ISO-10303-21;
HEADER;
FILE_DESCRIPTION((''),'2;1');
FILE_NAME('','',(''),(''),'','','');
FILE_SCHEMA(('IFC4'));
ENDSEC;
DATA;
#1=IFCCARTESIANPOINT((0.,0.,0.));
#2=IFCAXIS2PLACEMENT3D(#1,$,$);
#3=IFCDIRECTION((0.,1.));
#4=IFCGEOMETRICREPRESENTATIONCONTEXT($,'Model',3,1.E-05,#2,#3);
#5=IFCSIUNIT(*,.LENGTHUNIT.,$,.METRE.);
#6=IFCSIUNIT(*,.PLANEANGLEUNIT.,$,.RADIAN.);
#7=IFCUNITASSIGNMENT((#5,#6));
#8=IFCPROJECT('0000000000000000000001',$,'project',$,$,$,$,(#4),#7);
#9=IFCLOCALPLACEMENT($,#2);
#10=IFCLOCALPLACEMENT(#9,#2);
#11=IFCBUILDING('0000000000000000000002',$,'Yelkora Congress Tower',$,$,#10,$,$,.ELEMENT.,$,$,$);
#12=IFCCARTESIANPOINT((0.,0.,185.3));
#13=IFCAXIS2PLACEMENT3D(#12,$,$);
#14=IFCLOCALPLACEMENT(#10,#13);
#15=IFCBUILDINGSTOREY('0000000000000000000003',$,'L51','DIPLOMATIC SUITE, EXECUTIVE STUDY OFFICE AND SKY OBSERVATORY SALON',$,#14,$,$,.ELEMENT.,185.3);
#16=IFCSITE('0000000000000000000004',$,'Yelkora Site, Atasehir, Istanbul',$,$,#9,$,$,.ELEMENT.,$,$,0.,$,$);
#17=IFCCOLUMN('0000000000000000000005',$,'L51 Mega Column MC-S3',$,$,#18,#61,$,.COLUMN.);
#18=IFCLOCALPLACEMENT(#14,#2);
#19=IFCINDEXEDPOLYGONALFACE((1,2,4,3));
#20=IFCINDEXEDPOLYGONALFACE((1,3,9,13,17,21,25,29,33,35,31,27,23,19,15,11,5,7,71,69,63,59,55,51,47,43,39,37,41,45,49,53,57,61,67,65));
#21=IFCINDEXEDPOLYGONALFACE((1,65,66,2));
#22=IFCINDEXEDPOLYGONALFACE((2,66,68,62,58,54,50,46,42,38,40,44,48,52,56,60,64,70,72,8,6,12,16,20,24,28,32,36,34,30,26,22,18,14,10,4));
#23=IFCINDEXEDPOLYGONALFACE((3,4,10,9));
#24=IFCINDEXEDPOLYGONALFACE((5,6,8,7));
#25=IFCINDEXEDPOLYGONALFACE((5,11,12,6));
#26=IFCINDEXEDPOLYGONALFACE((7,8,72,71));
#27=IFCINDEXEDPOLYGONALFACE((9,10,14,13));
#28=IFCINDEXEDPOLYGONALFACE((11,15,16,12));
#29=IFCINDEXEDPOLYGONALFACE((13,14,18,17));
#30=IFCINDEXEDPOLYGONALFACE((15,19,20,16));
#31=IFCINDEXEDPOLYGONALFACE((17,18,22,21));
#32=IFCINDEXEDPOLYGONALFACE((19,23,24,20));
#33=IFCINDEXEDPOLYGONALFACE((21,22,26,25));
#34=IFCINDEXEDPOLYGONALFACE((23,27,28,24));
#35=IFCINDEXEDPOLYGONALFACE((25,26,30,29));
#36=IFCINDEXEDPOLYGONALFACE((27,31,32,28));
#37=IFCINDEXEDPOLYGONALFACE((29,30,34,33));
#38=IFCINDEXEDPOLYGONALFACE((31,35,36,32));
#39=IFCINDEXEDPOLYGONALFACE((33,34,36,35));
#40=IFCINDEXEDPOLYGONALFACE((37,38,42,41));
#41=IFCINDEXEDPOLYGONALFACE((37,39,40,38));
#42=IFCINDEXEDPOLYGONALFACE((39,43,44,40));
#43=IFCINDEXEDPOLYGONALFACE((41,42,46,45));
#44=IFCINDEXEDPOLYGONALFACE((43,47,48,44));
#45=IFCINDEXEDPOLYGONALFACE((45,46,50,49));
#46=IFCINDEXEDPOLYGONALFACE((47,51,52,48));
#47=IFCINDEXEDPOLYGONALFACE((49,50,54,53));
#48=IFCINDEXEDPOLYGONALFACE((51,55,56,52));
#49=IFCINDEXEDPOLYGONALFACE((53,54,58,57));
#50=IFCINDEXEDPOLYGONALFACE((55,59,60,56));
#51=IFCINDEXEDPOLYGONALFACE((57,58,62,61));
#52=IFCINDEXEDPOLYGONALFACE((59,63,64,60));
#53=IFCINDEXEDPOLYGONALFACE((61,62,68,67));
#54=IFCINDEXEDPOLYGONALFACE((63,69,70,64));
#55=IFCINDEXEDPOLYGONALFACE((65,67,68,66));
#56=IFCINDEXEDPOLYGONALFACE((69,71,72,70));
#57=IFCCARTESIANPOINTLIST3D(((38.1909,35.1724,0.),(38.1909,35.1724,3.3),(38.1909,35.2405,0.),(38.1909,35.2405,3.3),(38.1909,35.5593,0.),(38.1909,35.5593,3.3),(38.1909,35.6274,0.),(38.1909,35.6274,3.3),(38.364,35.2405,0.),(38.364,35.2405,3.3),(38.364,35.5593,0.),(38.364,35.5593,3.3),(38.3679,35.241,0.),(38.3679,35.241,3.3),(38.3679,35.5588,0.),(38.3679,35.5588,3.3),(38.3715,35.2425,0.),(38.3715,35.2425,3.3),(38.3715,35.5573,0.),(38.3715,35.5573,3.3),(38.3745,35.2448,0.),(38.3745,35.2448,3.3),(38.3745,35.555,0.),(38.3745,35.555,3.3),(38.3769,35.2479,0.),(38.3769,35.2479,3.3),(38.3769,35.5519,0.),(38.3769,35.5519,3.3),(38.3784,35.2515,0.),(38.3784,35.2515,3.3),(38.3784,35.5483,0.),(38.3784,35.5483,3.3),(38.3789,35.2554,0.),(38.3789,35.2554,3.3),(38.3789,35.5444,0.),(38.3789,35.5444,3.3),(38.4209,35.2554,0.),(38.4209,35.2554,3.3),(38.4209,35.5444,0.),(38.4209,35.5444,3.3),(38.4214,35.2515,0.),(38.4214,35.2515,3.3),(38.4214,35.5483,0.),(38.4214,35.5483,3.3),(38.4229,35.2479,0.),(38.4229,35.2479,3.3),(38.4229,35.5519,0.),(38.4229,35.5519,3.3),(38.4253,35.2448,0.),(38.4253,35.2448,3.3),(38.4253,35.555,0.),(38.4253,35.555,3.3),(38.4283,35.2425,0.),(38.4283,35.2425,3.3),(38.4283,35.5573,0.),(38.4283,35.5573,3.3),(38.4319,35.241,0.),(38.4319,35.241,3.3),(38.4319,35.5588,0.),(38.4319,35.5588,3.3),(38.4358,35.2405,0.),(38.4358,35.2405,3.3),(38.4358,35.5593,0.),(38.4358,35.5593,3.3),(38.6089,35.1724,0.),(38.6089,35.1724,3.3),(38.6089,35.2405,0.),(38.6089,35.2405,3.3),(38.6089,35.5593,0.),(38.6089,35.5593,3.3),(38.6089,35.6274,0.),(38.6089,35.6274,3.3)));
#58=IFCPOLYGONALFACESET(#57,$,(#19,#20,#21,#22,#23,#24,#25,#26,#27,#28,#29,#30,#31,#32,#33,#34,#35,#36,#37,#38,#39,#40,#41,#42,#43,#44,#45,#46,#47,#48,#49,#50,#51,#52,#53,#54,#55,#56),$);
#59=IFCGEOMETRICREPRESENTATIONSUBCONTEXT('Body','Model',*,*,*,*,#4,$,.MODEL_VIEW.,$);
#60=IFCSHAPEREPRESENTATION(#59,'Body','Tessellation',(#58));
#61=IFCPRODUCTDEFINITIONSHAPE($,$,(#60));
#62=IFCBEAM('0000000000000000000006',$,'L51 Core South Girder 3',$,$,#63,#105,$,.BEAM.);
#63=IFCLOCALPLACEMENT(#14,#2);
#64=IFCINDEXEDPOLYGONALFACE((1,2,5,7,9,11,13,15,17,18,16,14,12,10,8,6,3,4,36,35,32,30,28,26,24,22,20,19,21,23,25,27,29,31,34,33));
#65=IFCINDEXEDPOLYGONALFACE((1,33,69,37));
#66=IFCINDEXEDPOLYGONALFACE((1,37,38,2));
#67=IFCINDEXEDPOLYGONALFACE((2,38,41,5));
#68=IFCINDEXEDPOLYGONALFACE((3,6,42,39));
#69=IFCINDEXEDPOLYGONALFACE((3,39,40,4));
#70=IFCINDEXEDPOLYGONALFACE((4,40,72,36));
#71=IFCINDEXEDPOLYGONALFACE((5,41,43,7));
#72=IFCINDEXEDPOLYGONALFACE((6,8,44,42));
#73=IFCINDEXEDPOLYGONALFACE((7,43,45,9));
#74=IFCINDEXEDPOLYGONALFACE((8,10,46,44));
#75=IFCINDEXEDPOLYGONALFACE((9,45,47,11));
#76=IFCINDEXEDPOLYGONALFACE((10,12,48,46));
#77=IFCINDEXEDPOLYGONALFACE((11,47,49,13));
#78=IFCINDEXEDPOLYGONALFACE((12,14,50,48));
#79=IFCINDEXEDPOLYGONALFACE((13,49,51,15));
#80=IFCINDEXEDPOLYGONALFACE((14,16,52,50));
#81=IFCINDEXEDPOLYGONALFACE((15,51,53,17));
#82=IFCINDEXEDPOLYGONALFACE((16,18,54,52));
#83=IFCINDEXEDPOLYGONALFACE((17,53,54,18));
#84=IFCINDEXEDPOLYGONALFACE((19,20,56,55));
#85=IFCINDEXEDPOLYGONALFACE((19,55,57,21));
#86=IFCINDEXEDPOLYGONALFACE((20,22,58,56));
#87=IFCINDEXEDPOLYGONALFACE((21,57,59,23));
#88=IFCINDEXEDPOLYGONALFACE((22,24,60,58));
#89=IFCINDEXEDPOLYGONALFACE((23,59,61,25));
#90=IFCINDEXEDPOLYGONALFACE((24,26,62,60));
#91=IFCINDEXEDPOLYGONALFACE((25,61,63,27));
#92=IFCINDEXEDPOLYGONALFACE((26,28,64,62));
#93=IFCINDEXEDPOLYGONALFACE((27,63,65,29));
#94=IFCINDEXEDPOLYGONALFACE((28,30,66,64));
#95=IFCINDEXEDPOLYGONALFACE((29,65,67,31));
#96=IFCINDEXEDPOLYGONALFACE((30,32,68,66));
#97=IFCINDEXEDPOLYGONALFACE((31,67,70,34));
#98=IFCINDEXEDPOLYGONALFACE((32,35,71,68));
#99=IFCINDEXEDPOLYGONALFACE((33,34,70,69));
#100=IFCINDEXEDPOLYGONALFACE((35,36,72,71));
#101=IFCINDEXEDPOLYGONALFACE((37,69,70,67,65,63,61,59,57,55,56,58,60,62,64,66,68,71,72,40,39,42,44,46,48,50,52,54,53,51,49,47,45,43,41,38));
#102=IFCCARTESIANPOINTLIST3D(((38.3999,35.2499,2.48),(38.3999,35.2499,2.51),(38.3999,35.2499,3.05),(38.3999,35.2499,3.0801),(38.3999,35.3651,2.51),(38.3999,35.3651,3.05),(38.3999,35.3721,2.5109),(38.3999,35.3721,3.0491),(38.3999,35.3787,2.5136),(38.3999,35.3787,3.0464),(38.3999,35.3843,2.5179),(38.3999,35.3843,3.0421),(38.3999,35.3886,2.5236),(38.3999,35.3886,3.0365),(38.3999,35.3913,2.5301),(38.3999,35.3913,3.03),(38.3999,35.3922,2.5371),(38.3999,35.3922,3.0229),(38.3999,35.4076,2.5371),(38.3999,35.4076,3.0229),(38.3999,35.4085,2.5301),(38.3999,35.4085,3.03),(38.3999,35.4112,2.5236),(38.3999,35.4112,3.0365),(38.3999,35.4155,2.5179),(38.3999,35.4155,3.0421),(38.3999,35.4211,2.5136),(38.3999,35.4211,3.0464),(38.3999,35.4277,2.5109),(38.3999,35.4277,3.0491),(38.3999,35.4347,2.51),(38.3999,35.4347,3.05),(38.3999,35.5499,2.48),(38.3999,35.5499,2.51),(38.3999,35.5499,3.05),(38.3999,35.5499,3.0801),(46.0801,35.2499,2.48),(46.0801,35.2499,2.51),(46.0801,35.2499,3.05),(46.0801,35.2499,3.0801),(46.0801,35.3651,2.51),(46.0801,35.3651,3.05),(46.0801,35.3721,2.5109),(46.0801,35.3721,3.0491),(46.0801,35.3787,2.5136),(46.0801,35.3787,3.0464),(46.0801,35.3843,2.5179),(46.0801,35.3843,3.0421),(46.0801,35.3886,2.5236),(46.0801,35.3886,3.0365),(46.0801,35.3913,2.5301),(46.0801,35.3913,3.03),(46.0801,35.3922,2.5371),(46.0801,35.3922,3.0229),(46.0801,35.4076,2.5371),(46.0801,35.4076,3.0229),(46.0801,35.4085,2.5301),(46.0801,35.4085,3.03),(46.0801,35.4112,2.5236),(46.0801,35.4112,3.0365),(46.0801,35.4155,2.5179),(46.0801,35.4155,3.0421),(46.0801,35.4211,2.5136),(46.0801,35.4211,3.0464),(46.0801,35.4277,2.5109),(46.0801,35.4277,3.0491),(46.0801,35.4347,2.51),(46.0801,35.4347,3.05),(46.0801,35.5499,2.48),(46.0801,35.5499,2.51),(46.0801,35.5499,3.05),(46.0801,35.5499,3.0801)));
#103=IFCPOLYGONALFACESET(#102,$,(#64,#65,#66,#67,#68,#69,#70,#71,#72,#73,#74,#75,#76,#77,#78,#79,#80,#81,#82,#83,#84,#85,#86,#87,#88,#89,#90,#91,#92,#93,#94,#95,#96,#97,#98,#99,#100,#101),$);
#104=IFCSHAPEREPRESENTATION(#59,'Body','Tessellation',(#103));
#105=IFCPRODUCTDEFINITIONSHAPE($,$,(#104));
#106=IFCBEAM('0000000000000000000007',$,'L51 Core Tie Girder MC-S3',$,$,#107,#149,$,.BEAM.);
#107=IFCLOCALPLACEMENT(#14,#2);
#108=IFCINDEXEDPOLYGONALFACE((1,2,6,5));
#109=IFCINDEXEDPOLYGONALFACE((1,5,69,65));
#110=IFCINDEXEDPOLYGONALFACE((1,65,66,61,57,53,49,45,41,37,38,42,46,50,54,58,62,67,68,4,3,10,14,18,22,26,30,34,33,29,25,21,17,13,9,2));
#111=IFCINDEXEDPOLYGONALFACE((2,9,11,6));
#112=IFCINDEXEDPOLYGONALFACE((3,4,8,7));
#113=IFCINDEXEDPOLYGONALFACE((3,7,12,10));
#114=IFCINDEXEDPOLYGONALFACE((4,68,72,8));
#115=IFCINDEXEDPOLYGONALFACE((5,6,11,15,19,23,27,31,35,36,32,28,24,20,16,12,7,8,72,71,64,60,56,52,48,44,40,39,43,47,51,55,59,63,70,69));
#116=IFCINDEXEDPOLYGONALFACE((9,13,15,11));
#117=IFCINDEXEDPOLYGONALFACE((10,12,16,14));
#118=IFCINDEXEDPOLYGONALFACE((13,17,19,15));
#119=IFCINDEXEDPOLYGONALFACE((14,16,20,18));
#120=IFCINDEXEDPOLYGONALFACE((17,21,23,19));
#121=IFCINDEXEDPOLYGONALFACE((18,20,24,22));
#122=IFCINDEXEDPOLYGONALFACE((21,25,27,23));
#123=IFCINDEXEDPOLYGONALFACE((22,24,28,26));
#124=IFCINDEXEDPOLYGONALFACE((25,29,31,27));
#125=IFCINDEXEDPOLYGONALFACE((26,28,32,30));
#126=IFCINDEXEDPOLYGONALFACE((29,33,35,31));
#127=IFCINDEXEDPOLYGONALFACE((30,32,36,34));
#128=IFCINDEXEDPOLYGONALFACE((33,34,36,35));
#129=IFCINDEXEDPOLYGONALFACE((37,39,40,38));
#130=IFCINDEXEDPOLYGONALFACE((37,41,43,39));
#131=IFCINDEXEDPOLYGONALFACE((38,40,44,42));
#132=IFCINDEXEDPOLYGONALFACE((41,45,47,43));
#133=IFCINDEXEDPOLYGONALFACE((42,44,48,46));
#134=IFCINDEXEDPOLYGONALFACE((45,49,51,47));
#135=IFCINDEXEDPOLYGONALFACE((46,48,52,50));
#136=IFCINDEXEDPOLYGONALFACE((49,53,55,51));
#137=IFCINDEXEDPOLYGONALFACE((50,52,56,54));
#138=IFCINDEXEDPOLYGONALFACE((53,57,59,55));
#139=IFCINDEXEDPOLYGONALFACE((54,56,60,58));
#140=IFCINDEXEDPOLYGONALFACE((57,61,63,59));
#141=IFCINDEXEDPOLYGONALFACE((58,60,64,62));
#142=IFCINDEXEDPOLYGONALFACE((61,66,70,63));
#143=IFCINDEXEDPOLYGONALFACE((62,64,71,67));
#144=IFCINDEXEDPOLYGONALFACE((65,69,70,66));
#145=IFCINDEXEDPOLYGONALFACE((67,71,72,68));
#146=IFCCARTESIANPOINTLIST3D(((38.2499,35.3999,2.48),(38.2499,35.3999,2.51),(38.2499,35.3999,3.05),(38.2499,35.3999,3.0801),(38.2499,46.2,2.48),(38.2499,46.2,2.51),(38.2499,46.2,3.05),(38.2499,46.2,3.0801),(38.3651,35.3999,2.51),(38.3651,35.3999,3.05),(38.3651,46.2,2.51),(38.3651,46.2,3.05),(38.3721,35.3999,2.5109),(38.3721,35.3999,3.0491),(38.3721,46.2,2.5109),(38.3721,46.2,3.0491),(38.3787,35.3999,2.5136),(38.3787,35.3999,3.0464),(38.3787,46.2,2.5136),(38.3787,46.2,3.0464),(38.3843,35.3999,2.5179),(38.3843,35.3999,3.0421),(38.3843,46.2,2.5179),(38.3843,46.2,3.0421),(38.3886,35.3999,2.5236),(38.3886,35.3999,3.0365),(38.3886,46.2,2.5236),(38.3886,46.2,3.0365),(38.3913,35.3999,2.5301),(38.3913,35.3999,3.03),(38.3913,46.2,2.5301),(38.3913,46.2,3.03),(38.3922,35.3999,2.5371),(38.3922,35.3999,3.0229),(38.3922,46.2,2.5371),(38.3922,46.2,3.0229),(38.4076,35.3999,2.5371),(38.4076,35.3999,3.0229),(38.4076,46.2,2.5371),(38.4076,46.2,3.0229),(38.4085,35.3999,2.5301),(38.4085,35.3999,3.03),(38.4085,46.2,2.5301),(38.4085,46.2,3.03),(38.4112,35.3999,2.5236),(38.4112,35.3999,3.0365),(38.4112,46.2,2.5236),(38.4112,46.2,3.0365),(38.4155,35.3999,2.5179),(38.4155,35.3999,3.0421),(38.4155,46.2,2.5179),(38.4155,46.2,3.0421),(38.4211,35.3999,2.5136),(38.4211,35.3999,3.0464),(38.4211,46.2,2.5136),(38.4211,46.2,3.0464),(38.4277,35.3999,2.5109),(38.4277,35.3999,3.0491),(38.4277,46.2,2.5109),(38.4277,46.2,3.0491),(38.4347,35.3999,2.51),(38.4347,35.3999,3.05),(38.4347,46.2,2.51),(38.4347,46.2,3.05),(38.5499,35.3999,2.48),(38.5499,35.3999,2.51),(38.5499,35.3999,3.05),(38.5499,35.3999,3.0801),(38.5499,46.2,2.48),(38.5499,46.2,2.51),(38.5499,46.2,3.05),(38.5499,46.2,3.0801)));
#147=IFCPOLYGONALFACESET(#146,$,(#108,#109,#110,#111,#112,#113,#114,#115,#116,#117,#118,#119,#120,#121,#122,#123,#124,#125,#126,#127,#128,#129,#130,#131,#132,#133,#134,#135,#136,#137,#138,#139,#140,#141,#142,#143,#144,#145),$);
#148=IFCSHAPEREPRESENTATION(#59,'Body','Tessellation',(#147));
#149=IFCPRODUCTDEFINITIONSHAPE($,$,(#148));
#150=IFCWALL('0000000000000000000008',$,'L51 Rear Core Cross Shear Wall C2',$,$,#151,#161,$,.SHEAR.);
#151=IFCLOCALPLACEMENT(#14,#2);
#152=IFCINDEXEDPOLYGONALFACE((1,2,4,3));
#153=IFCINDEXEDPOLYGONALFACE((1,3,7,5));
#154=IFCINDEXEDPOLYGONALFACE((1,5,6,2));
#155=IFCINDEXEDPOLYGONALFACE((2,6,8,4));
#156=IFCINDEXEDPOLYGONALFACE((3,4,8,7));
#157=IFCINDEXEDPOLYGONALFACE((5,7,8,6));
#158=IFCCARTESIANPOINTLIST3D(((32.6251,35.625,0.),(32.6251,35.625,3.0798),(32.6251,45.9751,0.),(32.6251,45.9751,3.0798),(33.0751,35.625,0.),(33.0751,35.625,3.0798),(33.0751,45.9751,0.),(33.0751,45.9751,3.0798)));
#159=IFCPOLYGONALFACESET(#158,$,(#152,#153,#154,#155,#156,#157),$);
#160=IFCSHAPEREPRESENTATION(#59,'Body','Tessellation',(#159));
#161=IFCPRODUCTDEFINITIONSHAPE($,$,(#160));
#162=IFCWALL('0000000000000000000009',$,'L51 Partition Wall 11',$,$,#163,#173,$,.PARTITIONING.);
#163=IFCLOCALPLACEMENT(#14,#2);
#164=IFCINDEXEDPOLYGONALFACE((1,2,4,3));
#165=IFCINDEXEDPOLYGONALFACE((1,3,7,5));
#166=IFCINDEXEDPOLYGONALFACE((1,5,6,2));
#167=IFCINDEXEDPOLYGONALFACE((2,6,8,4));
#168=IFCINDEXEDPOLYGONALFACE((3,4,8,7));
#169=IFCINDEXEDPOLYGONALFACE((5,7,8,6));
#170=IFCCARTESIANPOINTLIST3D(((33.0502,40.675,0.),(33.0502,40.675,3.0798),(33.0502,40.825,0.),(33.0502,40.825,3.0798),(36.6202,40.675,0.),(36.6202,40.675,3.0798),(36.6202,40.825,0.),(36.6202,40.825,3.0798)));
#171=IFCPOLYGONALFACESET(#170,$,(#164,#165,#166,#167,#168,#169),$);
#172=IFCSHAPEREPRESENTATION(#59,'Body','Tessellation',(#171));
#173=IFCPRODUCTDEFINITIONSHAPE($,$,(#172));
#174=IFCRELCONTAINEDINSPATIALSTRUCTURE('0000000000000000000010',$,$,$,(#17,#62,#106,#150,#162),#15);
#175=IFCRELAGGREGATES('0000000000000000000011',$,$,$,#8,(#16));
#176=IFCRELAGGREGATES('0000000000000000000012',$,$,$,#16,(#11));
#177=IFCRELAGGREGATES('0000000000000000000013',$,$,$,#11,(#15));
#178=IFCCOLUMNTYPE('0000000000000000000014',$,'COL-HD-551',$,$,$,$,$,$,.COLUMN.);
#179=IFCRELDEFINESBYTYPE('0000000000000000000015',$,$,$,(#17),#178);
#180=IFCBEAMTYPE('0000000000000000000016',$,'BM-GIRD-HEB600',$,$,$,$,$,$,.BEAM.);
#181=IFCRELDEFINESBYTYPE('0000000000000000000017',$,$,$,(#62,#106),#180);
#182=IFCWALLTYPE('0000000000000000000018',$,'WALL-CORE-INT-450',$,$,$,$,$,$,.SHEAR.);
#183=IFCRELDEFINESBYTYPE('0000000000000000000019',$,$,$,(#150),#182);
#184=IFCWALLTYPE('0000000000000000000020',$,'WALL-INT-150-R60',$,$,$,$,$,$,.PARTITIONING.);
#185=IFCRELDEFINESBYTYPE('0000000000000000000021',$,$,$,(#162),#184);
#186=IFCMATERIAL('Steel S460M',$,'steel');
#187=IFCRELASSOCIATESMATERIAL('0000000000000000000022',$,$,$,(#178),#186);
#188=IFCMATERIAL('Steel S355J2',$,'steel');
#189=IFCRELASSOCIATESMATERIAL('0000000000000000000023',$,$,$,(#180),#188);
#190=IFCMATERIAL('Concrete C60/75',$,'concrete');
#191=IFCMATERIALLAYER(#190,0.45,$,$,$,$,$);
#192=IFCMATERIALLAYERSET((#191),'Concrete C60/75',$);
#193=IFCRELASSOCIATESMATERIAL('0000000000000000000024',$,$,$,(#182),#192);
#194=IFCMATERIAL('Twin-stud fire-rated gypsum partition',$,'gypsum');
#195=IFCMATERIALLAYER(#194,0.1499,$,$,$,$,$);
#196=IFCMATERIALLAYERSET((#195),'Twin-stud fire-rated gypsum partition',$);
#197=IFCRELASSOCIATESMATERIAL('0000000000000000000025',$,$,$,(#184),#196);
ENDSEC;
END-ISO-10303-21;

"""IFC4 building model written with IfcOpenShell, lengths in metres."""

from ifc_helpers import new_model, si_unit, direction, frame, frame_2d, origin, origin_2d, place, context, subcontext, project, spatial, rectangle, i_section, extrude, material, layer, layer_set, material_profile, profile_set, type_object, element, save


model = new_model("IFC4")

# Units and contexts
model_context = context("Model", 3, precision=1e-05, world=origin(), true_north=direction((0.0, 1.0)))
body_context = subcontext(model_context, "Body", "Model", "MODEL_VIEW")
ifc_project = project(units=[si_unit("LENGTHUNIT", "METRE"), si_unit("PLANEANGLEUNIT", "RADIAN")], contexts=[model_context])

# Site, building, storey
site_placement = place(None, origin())
site = spatial("IfcSite", under=ifc_project, at=site_placement, Name="Yelkora Site, Atasehir, Istanbul", CompositionType="ELEMENT", RefElevation=0.0)
building_placement = place(site_placement, origin())
building = spatial("IfcBuilding", under=site, at=building_placement, Name="Yelkora Congress Tower", CompositionType="ELEMENT")
storey_placement = place(building_placement, frame((0.0, 0.0, 185.3)))
storey = spatial("IfcBuildingStorey", under=building, at=storey_placement, Name="L51", Description="DIPLOMATIC SUITE, EXECUTIVE STUDY OFFICE AND SKY OBSERVATORY SALON", CompositionType="ELEMENT", Elevation=185.3)

# Column
ifc_material_1 = material(Name="Steel S460M", Category="steel")
ifc_material_profile_1 = material_profile(ifc_material_1, i_section(OverallWidth=0.418, OverallDepth=0.4551, WebThickness=0.042, FlangeThickness=0.0681, FilletRadius=0.0149, at=origin_2d()), Name="HD 400x551")
ifc_profile_set_1 = profile_set([ifc_material_profile_1], Name="Steel S460M")
column_type = type_object("IfcColumnType", Name="COL-HD-551", PredefinedType="COLUMN", material=ifc_profile_set_1)
column_placement = place(storey_placement, frame((38.3999, 35.3999, 0.0), z_axis=(0.0, 0.0, 1.0), x_axis=(1.0, 0.0, 0.0)))
element("IfcColumn", 1, at=column_placement, inside=storey, type_object=column_type, Name="L51 Mega Column MC-S3", PredefinedType="COLUMN", context=body_context, shape_type="SweptSolid", body=[
    extrude(i_section(OverallWidth=0.418, OverallDepth=0.4551, WebThickness=0.042, FlangeThickness=0.0681, FilletRadius=0.0149, at=origin_2d()), origin(), (0.0, 0.0, 1.0), 3.3),
])

# Beams
ifc_material_2 = material(Name="Steel S355J2", Category="steel")
ifc_material_profile_2 = material_profile(ifc_material_2, i_section(OverallWidth=0.3, OverallDepth=0.6001, WebThickness=0.0154, FlangeThickness=0.03, FilletRadius=0.0271, at=origin_2d()), Name="HEB 600")
ifc_profile_set_2 = profile_set([ifc_material_profile_2], Name="Steel S355J2")
beam_type = type_object("IfcBeamType", Name="BM-GIRD-HEB600", PredefinedType="BEAM", material=ifc_profile_set_2)
beam_1_placement = place(storey_placement, frame((38.3999, 35.3999, 2.78), z_axis=(1.0, 0.0, 0.0), x_axis=(0.0, 1.0, 0.0)))
element("IfcBeam", 2, at=beam_1_placement, inside=storey, type_object=beam_type, Name="L51 Core South Girder 3", PredefinedType="BEAM", context=body_context, shape_type="SweptSolid", body=[
    extrude(i_section(OverallWidth=0.3, OverallDepth=0.6001, WebThickness=0.0154, FlangeThickness=0.03, FilletRadius=0.0271, at=origin_2d()), origin(), (0.0, 0.0, 1.0), 7.6802),
])
beam_2_placement = place(storey_placement, frame((38.3999, 35.3999, 2.78), z_axis=(0.0, 1.0, 0.0), x_axis=(-1.0, 0.0, 0.0)))
element("IfcBeam", 3, at=beam_2_placement, inside=storey, type_object=beam_type, Name="L51 Core Tie Girder MC-S3", PredefinedType="BEAM", context=body_context, shape_type="SweptSolid", body=[
    extrude(i_section(OverallWidth=0.3, OverallDepth=0.6001, WebThickness=0.0154, FlangeThickness=0.03, FilletRadius=0.0271, at=origin_2d()), origin(), (0.0, 0.0, 1.0), 10.8),
])

# Shared definitions
ifc_material_3 = material(Name="Concrete C60/75", Category="concrete")
ifc_layer_1 = layer(ifc_material_3, 0.45)
ifc_layer_set_1 = layer_set([ifc_layer_1], Name="Concrete C60/75")
wall_type_1 = type_object("IfcWallType", Name="WALL-CORE-INT-450", PredefinedType="SHEAR", material=ifc_layer_set_1)

# Walls
wall_1_placement = place(storey_placement, frame((32.8501, 35.625, 0.0), z_axis=(0.0, 0.0, 1.0), x_axis=(0.0, 1.0, 0.0)))
element("IfcWall", 4, at=wall_1_placement, inside=storey, type_object=wall_type_1, Name="L51 Rear Core Cross Shear Wall C2", PredefinedType="SHEAR", context=body_context, shape_type="SweptSolid", body=[
    extrude(rectangle(XDim=10.3501, YDim=0.45, at=frame_2d((5.175, 0.0))), origin(), (0.0, 0.0, 1.0), 3.0798),
])
ifc_material_4 = material(Name="Twin-stud fire-rated gypsum partition", Category="gypsum")
ifc_layer_2 = layer(ifc_material_4, 0.1499)
ifc_layer_set_2 = layer_set([ifc_layer_2], Name="Twin-stud fire-rated gypsum partition")
wall_type_2 = type_object("IfcWallType", Name="WALL-INT-150-R60", PredefinedType="PARTITIONING", material=ifc_layer_set_2)
wall_2_placement = place(storey_placement, frame((33.05, 40.75, 0.0), z_axis=(0.0, 0.0, 1.0), x_axis=(1.0, 0.0, 0.0)))
element("IfcWall", 5, at=wall_2_placement, inside=storey, type_object=wall_type_2, Name="L51 Partition Wall 11", PredefinedType="PARTITIONING", context=body_context, shape_type="SweptSolid", body=[
    extrude(rectangle(XDim=3.5701, YDim=0.1499, at=frame_2d((1.7852, 0.0))), origin(), (0.0, 0.0, 1.0), 3.0798),
])

save(model, "model.ifc")
